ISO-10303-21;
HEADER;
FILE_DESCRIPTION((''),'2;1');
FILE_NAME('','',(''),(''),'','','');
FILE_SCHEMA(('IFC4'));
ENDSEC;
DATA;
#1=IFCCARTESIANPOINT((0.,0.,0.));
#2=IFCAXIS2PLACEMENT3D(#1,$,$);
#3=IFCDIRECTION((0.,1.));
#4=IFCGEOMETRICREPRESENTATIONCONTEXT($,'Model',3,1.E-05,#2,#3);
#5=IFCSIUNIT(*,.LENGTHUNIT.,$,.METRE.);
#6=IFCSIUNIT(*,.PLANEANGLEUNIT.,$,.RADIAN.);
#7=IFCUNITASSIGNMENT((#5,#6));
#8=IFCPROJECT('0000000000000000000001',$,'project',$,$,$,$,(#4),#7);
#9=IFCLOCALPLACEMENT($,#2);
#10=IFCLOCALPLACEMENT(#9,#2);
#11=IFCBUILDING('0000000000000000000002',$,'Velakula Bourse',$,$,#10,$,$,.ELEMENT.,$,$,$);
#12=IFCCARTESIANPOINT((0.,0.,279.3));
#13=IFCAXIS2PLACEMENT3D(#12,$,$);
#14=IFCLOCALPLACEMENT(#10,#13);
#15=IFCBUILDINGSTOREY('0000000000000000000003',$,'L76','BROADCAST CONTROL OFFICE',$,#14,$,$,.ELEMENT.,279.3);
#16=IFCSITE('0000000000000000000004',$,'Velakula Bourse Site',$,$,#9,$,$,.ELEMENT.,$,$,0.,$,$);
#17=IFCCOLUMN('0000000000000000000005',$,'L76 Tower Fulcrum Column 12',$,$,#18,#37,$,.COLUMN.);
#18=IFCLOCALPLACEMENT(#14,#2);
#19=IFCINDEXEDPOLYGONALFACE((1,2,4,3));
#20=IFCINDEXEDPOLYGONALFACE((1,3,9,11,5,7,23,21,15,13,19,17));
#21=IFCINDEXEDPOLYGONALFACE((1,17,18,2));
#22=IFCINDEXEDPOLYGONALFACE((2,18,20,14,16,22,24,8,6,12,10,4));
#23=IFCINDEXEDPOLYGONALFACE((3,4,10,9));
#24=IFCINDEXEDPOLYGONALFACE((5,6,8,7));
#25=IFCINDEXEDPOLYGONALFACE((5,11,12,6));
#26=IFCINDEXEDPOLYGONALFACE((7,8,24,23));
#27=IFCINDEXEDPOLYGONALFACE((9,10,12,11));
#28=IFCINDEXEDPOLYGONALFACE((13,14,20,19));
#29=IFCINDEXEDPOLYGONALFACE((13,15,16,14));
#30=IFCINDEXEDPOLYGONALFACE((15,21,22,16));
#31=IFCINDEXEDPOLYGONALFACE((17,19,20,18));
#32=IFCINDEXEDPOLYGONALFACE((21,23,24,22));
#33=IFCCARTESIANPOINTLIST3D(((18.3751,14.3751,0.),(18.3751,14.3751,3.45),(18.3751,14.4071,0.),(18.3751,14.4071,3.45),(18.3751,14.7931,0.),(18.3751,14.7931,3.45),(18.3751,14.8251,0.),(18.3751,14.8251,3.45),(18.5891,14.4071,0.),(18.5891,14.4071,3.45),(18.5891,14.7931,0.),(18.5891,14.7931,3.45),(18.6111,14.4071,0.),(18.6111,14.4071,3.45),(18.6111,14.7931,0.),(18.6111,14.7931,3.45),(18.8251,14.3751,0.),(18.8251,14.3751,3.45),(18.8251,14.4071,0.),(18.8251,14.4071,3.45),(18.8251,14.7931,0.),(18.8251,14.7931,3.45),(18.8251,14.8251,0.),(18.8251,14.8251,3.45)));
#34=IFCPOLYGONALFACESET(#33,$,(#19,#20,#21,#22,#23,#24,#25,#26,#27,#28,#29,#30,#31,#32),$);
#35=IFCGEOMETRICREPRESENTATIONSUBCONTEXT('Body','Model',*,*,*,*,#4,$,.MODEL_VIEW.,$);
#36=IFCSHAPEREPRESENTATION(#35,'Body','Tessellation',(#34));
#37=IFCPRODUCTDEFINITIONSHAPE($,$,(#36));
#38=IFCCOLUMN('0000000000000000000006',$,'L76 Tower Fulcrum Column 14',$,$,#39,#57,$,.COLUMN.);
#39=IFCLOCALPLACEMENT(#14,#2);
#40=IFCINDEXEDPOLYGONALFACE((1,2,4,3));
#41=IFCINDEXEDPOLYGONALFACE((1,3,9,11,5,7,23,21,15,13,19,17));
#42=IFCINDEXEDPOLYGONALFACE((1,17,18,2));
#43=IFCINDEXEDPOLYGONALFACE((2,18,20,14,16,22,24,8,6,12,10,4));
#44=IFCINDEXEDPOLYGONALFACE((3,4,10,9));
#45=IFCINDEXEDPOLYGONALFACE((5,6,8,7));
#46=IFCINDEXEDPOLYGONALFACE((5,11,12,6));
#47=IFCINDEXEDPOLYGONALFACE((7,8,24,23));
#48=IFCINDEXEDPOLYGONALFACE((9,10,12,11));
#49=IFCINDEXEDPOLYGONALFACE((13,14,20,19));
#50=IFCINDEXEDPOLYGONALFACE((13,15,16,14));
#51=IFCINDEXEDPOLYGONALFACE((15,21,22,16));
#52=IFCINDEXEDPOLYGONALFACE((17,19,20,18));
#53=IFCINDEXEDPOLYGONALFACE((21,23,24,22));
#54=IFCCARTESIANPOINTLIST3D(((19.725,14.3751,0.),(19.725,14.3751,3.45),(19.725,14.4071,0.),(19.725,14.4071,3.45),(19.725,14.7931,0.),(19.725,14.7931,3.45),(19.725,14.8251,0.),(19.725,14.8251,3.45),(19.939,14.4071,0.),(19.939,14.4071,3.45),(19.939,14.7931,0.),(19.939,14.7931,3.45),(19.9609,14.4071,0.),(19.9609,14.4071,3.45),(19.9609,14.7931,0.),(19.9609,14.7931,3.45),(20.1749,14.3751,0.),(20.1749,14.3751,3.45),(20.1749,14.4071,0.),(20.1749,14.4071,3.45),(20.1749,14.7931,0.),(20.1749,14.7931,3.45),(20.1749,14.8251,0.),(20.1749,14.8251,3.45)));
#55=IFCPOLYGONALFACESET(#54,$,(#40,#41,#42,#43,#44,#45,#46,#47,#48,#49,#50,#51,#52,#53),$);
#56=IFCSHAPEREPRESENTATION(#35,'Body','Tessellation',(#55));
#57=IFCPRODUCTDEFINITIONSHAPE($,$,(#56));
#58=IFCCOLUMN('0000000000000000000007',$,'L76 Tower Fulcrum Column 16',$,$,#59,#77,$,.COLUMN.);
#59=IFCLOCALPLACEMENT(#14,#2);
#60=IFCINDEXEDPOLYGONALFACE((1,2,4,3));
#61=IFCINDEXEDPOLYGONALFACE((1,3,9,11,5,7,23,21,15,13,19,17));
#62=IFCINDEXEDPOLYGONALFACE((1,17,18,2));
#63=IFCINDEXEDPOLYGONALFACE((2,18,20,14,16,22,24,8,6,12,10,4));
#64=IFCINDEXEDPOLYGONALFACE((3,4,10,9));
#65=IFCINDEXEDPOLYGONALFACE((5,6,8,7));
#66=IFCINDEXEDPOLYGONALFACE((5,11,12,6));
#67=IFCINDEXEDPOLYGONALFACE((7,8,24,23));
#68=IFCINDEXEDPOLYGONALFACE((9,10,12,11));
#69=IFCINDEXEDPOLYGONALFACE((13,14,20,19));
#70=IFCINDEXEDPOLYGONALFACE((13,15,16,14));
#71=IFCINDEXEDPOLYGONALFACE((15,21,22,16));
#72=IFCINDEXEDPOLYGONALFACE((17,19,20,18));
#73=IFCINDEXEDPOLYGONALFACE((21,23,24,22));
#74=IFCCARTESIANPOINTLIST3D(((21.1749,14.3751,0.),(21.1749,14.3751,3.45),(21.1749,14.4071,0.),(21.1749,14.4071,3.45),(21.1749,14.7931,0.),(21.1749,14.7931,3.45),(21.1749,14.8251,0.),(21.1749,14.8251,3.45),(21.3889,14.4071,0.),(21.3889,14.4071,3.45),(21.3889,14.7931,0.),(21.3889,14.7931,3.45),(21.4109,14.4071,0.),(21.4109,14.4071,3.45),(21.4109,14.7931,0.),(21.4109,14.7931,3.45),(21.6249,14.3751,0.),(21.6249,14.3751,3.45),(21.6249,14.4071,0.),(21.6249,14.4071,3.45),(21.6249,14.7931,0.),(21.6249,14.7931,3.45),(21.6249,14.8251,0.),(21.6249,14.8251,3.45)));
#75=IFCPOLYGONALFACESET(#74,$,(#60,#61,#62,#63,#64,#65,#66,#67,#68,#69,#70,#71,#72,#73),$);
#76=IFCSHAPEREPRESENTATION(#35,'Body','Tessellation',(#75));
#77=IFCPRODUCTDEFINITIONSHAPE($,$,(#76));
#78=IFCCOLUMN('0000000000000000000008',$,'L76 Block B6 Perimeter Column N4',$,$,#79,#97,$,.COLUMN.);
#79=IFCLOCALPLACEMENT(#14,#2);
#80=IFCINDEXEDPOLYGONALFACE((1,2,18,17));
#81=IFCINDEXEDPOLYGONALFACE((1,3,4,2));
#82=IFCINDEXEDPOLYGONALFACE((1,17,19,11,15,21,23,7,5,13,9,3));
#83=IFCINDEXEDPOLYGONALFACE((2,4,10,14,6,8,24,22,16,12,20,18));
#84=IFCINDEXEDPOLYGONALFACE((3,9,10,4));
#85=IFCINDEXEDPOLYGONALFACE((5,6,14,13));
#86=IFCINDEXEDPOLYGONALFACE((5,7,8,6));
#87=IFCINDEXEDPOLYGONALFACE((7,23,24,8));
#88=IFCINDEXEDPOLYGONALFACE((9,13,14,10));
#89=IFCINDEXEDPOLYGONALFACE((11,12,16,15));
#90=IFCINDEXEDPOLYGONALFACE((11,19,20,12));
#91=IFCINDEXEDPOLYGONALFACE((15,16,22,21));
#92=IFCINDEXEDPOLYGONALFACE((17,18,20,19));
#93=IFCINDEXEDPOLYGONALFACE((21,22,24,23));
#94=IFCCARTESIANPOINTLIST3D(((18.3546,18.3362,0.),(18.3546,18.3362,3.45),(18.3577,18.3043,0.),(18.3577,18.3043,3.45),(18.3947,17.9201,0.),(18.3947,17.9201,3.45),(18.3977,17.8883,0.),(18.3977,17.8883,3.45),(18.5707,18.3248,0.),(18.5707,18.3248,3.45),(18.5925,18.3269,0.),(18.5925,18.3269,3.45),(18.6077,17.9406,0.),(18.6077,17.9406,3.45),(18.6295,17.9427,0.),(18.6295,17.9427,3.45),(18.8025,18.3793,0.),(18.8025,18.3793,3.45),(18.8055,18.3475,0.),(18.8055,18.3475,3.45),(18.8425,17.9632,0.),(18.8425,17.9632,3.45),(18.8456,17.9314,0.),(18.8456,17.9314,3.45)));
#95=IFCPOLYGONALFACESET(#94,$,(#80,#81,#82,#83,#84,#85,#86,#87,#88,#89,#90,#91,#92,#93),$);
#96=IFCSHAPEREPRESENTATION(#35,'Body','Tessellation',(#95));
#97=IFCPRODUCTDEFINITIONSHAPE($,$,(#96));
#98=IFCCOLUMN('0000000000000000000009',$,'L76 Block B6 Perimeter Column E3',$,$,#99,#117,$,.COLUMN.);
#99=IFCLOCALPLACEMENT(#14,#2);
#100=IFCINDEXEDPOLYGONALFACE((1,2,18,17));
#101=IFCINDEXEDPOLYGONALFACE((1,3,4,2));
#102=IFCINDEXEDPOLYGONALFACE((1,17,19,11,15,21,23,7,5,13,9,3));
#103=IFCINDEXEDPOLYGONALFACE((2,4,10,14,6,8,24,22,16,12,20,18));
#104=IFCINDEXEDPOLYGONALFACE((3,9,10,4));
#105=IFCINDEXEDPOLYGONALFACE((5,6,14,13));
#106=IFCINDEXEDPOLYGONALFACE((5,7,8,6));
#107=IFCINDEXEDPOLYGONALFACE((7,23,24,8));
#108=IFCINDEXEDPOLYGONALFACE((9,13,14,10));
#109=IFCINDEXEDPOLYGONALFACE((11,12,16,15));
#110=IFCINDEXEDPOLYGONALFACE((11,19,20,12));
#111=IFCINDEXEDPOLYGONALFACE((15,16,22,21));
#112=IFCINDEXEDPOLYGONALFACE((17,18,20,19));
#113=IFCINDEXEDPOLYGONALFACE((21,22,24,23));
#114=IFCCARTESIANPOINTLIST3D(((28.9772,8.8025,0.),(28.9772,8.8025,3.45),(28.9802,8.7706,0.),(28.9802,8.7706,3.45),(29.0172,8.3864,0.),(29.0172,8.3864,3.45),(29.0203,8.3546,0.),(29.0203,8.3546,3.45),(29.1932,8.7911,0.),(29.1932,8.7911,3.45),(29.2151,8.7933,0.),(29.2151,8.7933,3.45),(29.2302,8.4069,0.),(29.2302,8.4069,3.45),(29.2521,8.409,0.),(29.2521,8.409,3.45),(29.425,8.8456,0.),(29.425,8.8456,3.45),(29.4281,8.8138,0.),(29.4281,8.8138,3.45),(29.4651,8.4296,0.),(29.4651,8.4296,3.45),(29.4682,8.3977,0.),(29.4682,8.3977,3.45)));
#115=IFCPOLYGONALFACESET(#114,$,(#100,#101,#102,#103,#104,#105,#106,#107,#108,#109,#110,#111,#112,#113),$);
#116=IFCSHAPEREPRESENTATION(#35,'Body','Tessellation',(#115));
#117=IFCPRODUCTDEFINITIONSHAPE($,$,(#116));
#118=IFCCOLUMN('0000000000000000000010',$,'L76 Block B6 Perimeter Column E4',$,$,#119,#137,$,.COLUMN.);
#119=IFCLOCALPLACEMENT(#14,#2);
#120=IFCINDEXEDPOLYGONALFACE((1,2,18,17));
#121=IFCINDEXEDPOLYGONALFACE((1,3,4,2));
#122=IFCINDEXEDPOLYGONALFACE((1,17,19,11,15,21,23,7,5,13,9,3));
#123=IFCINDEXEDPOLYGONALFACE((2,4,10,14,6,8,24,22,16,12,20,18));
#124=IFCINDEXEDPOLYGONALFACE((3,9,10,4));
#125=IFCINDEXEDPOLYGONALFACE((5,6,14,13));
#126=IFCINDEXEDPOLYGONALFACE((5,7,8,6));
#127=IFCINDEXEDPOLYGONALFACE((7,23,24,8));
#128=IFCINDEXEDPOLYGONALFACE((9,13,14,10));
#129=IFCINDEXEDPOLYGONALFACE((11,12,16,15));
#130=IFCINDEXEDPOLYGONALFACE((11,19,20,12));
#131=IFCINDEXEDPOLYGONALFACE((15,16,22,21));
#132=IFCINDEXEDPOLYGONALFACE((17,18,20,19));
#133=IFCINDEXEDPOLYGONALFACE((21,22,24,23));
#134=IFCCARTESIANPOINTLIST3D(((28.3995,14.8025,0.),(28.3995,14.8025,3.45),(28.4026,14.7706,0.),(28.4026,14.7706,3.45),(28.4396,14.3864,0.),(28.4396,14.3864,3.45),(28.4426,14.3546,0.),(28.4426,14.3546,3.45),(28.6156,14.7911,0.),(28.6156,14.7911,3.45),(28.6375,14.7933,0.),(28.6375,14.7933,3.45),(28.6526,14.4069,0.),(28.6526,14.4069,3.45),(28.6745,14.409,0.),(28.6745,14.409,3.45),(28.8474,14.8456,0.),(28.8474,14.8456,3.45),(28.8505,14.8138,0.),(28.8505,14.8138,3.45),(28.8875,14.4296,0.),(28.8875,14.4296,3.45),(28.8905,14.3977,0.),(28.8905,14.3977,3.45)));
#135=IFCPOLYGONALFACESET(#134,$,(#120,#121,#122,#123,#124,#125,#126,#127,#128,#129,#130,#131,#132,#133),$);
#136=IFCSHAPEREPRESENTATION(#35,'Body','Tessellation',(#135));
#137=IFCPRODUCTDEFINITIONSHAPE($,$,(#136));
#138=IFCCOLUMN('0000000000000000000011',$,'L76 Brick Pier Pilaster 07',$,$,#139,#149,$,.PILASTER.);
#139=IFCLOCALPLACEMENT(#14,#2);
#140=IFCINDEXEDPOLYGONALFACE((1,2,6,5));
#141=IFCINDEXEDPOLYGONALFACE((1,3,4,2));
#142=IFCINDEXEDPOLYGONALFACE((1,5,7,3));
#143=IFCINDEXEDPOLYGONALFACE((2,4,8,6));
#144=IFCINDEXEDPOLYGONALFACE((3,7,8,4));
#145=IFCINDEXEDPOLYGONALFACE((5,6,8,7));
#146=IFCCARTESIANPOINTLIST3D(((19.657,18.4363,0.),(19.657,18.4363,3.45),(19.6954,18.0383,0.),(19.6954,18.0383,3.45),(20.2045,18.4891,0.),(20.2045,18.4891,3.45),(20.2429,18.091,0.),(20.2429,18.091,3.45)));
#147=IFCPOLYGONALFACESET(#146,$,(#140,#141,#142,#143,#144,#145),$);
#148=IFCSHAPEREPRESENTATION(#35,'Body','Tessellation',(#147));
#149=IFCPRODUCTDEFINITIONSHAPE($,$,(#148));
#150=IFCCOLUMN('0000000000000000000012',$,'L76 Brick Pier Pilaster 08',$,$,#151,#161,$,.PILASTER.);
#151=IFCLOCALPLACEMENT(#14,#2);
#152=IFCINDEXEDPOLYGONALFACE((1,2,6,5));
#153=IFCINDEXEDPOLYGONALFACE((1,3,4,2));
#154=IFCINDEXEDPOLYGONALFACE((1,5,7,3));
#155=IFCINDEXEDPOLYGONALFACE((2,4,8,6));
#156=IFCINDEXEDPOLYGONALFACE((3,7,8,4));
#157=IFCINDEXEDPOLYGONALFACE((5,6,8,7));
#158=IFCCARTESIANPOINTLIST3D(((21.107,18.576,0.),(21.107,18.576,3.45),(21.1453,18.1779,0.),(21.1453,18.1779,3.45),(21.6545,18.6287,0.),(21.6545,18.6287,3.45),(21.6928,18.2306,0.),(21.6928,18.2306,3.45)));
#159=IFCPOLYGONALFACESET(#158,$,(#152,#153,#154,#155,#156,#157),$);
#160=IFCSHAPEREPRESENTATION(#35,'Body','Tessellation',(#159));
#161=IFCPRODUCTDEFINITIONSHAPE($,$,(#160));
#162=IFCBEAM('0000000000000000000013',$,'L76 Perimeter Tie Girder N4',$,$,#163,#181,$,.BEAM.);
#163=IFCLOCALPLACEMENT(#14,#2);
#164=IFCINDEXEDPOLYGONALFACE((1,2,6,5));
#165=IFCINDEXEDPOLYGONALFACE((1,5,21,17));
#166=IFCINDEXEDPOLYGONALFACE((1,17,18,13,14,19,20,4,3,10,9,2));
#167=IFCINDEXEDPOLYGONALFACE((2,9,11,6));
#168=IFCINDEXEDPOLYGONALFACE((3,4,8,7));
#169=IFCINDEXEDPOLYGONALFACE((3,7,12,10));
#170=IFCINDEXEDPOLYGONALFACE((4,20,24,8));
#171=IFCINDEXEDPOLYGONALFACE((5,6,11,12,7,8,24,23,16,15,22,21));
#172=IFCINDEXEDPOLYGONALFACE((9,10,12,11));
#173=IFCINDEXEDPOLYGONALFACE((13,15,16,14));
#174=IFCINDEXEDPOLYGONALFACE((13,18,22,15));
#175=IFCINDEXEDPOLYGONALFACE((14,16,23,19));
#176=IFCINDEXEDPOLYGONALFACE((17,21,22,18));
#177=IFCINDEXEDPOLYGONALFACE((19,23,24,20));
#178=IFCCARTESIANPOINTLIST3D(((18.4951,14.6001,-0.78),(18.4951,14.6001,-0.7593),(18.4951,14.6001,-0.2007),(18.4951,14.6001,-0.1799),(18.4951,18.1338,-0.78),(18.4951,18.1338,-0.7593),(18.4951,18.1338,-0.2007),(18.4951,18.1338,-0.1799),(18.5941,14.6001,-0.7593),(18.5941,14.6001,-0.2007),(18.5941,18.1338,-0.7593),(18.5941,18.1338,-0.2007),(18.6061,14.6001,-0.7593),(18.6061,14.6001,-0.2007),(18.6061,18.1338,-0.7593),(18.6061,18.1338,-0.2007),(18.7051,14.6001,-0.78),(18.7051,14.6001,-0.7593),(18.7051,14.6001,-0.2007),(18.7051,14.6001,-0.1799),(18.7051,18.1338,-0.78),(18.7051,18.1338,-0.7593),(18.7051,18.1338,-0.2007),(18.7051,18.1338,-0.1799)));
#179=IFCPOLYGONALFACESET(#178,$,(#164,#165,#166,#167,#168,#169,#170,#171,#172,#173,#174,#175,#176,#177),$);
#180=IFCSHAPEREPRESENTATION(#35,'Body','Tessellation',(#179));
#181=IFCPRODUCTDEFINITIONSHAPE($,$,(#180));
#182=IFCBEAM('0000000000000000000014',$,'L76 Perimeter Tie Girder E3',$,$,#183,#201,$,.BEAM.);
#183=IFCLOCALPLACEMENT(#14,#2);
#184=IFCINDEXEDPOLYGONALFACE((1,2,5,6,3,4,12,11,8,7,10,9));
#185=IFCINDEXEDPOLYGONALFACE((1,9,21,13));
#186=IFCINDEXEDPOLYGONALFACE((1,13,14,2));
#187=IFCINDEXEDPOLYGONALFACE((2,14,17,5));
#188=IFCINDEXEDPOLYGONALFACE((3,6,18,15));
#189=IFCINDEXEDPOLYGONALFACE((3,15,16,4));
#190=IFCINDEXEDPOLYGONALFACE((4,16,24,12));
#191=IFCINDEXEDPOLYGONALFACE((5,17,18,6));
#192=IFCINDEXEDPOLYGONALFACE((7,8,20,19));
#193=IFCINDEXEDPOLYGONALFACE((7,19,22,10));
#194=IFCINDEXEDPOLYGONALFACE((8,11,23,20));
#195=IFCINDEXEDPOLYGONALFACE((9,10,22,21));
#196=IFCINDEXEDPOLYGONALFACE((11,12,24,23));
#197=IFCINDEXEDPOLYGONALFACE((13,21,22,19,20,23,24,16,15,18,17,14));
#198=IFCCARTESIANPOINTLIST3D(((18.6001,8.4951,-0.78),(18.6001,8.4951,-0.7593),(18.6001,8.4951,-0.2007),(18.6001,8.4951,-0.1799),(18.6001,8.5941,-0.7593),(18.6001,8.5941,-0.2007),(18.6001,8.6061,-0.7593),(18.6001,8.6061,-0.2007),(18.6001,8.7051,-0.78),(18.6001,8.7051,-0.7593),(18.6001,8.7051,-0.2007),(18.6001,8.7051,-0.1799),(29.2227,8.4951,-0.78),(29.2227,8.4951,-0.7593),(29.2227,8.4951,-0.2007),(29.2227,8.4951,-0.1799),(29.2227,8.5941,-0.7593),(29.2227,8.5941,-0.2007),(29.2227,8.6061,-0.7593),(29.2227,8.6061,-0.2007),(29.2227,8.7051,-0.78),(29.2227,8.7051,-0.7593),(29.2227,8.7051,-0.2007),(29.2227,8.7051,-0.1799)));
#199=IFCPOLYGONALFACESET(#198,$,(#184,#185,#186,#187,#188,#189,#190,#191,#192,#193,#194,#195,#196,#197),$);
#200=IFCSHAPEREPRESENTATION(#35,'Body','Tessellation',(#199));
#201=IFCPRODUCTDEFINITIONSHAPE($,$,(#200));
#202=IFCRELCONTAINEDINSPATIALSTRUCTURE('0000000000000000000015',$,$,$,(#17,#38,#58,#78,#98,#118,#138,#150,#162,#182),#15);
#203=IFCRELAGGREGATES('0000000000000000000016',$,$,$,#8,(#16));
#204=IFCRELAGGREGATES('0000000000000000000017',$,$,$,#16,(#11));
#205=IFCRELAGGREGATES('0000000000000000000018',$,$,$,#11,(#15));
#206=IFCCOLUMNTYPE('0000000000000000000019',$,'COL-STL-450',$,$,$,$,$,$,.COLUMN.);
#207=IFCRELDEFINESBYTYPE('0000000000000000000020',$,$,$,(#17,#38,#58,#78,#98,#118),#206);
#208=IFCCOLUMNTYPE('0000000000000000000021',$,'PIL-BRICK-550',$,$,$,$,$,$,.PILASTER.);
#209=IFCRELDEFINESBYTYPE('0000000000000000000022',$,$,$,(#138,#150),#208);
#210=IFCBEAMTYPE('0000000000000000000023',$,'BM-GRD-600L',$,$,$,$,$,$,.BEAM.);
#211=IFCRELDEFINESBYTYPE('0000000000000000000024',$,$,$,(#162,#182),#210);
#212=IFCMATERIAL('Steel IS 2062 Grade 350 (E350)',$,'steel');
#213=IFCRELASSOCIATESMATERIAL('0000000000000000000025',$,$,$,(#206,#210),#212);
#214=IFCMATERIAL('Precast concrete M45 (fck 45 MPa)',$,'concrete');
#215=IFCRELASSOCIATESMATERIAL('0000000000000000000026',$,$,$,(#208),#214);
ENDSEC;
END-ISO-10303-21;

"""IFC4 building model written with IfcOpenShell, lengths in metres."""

from ifc_helpers import new_model, si_unit, direction, frame, origin, origin_2d, place, context, subcontext, project, spatial, rectangle, i_section, extrude, material, material_profile, profile_set, type_object, element, save


model = new_model("IFC4")

# Units and contexts
model_context = context("Model", 3, precision=1e-05, world=origin(), true_north=direction((0.0, 1.0)))
body_context = subcontext(model_context, "Body", "Model", "MODEL_VIEW")
ifc_project = project(units=[si_unit("LENGTHUNIT", "METRE"), si_unit("PLANEANGLEUNIT", "RADIAN")], contexts=[model_context])

# Site, building, storey
site_placement = place(None, origin())
site = spatial("IfcSite", under=ifc_project, at=site_placement, Name="Velakula Bourse Site", CompositionType="ELEMENT", RefElevation=0.0)
building_placement = place(site_placement, origin())
building = spatial("IfcBuilding", under=site, at=building_placement, Name="Velakula Bourse", CompositionType="ELEMENT")
storey_placement = place(building_placement, frame((0.0, 0.0, 279.3)))
storey = spatial("IfcBuildingStorey", under=building, at=storey_placement, Name="L76", Description="BROADCAST CONTROL OFFICE", CompositionType="ELEMENT", Elevation=279.3)

# Columns
ifc_material_1 = material(Name="Steel IS 2062 Grade 350 (E350)", Category="steel")
ifc_material_profile_1 = material_profile(ifc_material_1, i_section(OverallWidth=0.45, OverallDepth=0.45, WebThickness=0.022, FlangeThickness=0.032, at=origin_2d()), Name="Steel IS 2062 Grade 350 (E350)")
ifc_profile_set_1 = profile_set([ifc_material_profile_1], Name="Steel IS 2062 Grade 350 (E350)")
column_type_1 = type_object("IfcColumnType", Name="COL-STL-450", PredefinedType="COLUMN", material=ifc_profile_set_1)
for number, where, z_axis, x_axis, name in (
    (1, (18.6001, 14.6001, 0.0), (0.0, 0.0, 1.0), (1.0, 0.0, 0.0), "L76 Tower Fulcrum Column 12"),
    (2, (19.95, 14.6001, 0.0), (0.0, 0.0, 1.0), (1.0, 0.0, 0.0), "L76 Tower Fulcrum Column 14"),
    (3, (21.3999, 14.6001, 0.0), (0.0, 0.0, 1.0), (1.0, 0.0, 0.0), "L76 Tower Fulcrum Column 16"),
    (4, (18.6001, 18.1338, 0.0), (0.0, 0.0, 1.0), (0.995396, 0.095846, 0.0), "L76 Block B6 Perimeter Column N4"),
    (5, (29.2227, 8.6001, 0.0), (0.0, 0.0, 1.0), (0.995396, 0.095846, 0.0), "L76 Block B6 Perimeter Column E3"),
    (6, (28.645, 14.6001, 0.0), (0.0, 0.0, 1.0), (0.995396, 0.095846, 0.0), "L76 Block B6 Perimeter Column E4"),
):
    element("IfcColumn", number, at=place(storey_placement, frame(where, z_axis=z_axis, x_axis=x_axis)), inside=storey, type_object=column_type_1, Name=name, PredefinedType="COLUMN", context=body_context, shape_type="SweptSolid", body=[
        extrude(i_section(OverallWidth=0.45, OverallDepth=0.45, WebThickness=0.022, FlangeThickness=0.032, at=origin_2d()), origin(), (0.0, 0.0, 1.0), 3.45),
    ])
ifc_material_2 = material(Name="Precast concrete M45 (fck 45 MPa)", Category="concrete")
ifc_material_profile_2 = material_profile(ifc_material_2, rectangle(XDim=0.55, YDim=0.3999, at=origin_2d()), Name="Precast concrete M45 (fck 45 MPa)")
ifc_profile_set_2 = profile_set([ifc_material_profile_2], Name="Precast concrete M45 (fck 45 MPa)")
column_type_2 = type_object("IfcColumnType", Name="PIL-BRICK-550", PredefinedType="PILASTER", material=ifc_profile_set_2)
for number, where, z_axis, x_axis, name in (
    (7, (19.95, 18.2637, 0.0), (0.0, 0.0, 1.0), (0.995396, 0.095846, 0.0), "L76 Brick Pier Pilaster 07"),
    (8, (21.3999, 18.4033, 0.0), (0.0, 0.0, 1.0), (0.995396, 0.095846, 0.0), "L76 Brick Pier Pilaster 08"),
):
    element("IfcColumn", number, at=place(storey_placement, frame(where, z_axis=z_axis, x_axis=x_axis)), inside=storey, type_object=column_type_2, Name=name, PredefinedType="PILASTER", context=body_context, shape_type="SweptSolid", body=[
        extrude(rectangle(XDim=0.55, YDim=0.3999, at=origin_2d()), origin(), (0.0, 0.0, 1.0), 3.45),
    ])

# Beams
ifc_material_profile_3 = material_profile(ifc_material_1, i_section(OverallWidth=0.21, OverallDepth=0.6001, WebThickness=0.012, FlangeThickness=0.0208, at=origin_2d()), Name="Steel IS 2062 Grade 350 (E350)")
ifc_profile_set_3 = profile_set([ifc_material_profile_3], Name="Steel IS 2062 Grade 350 (E350)")
beam_type_1 = type_object("IfcBeamType", Name="BM-GRD-600L", PredefinedType="BEAM", material=ifc_profile_set_3)
beam_1_placement = place(storey_placement, frame((18.6001, 14.6001, -0.48), z_axis=(0.0, 1.0, 0.0), x_axis=(-1.0, 0.0, 0.0)))
element("IfcBeam", 9, at=beam_1_placement, inside=storey, type_object=beam_type_1, Name="L76 Perimeter Tie Girder N4", PredefinedType="BEAM", context=body_context, shape_type="SweptSolid", body=[
    extrude(i_section(OverallWidth=0.21, OverallDepth=0.6001, WebThickness=0.012, FlangeThickness=0.0208, at=origin_2d()), origin(), (0.0, 0.0, 1.0), 3.5337),
])
beam_2_placement = place(storey_placement, frame((18.6001, 8.6001, -0.48), z_axis=(1.0, 0.0, 0.0), x_axis=(0.0, 1.0, 0.0)))
element("IfcBeam", 10, at=beam_2_placement, inside=storey, type_object=beam_type_1, Name="L76 Perimeter Tie Girder E3", PredefinedType="BEAM", context=body_context, shape_type="SweptSolid", body=[
    extrude(i_section(OverallWidth=0.21, OverallDepth=0.6001, WebThickness=0.012, FlangeThickness=0.0208, at=origin_2d()), origin(), (0.0, 0.0, 1.0), 10.6226),
])

save(model, "model.ifc")
